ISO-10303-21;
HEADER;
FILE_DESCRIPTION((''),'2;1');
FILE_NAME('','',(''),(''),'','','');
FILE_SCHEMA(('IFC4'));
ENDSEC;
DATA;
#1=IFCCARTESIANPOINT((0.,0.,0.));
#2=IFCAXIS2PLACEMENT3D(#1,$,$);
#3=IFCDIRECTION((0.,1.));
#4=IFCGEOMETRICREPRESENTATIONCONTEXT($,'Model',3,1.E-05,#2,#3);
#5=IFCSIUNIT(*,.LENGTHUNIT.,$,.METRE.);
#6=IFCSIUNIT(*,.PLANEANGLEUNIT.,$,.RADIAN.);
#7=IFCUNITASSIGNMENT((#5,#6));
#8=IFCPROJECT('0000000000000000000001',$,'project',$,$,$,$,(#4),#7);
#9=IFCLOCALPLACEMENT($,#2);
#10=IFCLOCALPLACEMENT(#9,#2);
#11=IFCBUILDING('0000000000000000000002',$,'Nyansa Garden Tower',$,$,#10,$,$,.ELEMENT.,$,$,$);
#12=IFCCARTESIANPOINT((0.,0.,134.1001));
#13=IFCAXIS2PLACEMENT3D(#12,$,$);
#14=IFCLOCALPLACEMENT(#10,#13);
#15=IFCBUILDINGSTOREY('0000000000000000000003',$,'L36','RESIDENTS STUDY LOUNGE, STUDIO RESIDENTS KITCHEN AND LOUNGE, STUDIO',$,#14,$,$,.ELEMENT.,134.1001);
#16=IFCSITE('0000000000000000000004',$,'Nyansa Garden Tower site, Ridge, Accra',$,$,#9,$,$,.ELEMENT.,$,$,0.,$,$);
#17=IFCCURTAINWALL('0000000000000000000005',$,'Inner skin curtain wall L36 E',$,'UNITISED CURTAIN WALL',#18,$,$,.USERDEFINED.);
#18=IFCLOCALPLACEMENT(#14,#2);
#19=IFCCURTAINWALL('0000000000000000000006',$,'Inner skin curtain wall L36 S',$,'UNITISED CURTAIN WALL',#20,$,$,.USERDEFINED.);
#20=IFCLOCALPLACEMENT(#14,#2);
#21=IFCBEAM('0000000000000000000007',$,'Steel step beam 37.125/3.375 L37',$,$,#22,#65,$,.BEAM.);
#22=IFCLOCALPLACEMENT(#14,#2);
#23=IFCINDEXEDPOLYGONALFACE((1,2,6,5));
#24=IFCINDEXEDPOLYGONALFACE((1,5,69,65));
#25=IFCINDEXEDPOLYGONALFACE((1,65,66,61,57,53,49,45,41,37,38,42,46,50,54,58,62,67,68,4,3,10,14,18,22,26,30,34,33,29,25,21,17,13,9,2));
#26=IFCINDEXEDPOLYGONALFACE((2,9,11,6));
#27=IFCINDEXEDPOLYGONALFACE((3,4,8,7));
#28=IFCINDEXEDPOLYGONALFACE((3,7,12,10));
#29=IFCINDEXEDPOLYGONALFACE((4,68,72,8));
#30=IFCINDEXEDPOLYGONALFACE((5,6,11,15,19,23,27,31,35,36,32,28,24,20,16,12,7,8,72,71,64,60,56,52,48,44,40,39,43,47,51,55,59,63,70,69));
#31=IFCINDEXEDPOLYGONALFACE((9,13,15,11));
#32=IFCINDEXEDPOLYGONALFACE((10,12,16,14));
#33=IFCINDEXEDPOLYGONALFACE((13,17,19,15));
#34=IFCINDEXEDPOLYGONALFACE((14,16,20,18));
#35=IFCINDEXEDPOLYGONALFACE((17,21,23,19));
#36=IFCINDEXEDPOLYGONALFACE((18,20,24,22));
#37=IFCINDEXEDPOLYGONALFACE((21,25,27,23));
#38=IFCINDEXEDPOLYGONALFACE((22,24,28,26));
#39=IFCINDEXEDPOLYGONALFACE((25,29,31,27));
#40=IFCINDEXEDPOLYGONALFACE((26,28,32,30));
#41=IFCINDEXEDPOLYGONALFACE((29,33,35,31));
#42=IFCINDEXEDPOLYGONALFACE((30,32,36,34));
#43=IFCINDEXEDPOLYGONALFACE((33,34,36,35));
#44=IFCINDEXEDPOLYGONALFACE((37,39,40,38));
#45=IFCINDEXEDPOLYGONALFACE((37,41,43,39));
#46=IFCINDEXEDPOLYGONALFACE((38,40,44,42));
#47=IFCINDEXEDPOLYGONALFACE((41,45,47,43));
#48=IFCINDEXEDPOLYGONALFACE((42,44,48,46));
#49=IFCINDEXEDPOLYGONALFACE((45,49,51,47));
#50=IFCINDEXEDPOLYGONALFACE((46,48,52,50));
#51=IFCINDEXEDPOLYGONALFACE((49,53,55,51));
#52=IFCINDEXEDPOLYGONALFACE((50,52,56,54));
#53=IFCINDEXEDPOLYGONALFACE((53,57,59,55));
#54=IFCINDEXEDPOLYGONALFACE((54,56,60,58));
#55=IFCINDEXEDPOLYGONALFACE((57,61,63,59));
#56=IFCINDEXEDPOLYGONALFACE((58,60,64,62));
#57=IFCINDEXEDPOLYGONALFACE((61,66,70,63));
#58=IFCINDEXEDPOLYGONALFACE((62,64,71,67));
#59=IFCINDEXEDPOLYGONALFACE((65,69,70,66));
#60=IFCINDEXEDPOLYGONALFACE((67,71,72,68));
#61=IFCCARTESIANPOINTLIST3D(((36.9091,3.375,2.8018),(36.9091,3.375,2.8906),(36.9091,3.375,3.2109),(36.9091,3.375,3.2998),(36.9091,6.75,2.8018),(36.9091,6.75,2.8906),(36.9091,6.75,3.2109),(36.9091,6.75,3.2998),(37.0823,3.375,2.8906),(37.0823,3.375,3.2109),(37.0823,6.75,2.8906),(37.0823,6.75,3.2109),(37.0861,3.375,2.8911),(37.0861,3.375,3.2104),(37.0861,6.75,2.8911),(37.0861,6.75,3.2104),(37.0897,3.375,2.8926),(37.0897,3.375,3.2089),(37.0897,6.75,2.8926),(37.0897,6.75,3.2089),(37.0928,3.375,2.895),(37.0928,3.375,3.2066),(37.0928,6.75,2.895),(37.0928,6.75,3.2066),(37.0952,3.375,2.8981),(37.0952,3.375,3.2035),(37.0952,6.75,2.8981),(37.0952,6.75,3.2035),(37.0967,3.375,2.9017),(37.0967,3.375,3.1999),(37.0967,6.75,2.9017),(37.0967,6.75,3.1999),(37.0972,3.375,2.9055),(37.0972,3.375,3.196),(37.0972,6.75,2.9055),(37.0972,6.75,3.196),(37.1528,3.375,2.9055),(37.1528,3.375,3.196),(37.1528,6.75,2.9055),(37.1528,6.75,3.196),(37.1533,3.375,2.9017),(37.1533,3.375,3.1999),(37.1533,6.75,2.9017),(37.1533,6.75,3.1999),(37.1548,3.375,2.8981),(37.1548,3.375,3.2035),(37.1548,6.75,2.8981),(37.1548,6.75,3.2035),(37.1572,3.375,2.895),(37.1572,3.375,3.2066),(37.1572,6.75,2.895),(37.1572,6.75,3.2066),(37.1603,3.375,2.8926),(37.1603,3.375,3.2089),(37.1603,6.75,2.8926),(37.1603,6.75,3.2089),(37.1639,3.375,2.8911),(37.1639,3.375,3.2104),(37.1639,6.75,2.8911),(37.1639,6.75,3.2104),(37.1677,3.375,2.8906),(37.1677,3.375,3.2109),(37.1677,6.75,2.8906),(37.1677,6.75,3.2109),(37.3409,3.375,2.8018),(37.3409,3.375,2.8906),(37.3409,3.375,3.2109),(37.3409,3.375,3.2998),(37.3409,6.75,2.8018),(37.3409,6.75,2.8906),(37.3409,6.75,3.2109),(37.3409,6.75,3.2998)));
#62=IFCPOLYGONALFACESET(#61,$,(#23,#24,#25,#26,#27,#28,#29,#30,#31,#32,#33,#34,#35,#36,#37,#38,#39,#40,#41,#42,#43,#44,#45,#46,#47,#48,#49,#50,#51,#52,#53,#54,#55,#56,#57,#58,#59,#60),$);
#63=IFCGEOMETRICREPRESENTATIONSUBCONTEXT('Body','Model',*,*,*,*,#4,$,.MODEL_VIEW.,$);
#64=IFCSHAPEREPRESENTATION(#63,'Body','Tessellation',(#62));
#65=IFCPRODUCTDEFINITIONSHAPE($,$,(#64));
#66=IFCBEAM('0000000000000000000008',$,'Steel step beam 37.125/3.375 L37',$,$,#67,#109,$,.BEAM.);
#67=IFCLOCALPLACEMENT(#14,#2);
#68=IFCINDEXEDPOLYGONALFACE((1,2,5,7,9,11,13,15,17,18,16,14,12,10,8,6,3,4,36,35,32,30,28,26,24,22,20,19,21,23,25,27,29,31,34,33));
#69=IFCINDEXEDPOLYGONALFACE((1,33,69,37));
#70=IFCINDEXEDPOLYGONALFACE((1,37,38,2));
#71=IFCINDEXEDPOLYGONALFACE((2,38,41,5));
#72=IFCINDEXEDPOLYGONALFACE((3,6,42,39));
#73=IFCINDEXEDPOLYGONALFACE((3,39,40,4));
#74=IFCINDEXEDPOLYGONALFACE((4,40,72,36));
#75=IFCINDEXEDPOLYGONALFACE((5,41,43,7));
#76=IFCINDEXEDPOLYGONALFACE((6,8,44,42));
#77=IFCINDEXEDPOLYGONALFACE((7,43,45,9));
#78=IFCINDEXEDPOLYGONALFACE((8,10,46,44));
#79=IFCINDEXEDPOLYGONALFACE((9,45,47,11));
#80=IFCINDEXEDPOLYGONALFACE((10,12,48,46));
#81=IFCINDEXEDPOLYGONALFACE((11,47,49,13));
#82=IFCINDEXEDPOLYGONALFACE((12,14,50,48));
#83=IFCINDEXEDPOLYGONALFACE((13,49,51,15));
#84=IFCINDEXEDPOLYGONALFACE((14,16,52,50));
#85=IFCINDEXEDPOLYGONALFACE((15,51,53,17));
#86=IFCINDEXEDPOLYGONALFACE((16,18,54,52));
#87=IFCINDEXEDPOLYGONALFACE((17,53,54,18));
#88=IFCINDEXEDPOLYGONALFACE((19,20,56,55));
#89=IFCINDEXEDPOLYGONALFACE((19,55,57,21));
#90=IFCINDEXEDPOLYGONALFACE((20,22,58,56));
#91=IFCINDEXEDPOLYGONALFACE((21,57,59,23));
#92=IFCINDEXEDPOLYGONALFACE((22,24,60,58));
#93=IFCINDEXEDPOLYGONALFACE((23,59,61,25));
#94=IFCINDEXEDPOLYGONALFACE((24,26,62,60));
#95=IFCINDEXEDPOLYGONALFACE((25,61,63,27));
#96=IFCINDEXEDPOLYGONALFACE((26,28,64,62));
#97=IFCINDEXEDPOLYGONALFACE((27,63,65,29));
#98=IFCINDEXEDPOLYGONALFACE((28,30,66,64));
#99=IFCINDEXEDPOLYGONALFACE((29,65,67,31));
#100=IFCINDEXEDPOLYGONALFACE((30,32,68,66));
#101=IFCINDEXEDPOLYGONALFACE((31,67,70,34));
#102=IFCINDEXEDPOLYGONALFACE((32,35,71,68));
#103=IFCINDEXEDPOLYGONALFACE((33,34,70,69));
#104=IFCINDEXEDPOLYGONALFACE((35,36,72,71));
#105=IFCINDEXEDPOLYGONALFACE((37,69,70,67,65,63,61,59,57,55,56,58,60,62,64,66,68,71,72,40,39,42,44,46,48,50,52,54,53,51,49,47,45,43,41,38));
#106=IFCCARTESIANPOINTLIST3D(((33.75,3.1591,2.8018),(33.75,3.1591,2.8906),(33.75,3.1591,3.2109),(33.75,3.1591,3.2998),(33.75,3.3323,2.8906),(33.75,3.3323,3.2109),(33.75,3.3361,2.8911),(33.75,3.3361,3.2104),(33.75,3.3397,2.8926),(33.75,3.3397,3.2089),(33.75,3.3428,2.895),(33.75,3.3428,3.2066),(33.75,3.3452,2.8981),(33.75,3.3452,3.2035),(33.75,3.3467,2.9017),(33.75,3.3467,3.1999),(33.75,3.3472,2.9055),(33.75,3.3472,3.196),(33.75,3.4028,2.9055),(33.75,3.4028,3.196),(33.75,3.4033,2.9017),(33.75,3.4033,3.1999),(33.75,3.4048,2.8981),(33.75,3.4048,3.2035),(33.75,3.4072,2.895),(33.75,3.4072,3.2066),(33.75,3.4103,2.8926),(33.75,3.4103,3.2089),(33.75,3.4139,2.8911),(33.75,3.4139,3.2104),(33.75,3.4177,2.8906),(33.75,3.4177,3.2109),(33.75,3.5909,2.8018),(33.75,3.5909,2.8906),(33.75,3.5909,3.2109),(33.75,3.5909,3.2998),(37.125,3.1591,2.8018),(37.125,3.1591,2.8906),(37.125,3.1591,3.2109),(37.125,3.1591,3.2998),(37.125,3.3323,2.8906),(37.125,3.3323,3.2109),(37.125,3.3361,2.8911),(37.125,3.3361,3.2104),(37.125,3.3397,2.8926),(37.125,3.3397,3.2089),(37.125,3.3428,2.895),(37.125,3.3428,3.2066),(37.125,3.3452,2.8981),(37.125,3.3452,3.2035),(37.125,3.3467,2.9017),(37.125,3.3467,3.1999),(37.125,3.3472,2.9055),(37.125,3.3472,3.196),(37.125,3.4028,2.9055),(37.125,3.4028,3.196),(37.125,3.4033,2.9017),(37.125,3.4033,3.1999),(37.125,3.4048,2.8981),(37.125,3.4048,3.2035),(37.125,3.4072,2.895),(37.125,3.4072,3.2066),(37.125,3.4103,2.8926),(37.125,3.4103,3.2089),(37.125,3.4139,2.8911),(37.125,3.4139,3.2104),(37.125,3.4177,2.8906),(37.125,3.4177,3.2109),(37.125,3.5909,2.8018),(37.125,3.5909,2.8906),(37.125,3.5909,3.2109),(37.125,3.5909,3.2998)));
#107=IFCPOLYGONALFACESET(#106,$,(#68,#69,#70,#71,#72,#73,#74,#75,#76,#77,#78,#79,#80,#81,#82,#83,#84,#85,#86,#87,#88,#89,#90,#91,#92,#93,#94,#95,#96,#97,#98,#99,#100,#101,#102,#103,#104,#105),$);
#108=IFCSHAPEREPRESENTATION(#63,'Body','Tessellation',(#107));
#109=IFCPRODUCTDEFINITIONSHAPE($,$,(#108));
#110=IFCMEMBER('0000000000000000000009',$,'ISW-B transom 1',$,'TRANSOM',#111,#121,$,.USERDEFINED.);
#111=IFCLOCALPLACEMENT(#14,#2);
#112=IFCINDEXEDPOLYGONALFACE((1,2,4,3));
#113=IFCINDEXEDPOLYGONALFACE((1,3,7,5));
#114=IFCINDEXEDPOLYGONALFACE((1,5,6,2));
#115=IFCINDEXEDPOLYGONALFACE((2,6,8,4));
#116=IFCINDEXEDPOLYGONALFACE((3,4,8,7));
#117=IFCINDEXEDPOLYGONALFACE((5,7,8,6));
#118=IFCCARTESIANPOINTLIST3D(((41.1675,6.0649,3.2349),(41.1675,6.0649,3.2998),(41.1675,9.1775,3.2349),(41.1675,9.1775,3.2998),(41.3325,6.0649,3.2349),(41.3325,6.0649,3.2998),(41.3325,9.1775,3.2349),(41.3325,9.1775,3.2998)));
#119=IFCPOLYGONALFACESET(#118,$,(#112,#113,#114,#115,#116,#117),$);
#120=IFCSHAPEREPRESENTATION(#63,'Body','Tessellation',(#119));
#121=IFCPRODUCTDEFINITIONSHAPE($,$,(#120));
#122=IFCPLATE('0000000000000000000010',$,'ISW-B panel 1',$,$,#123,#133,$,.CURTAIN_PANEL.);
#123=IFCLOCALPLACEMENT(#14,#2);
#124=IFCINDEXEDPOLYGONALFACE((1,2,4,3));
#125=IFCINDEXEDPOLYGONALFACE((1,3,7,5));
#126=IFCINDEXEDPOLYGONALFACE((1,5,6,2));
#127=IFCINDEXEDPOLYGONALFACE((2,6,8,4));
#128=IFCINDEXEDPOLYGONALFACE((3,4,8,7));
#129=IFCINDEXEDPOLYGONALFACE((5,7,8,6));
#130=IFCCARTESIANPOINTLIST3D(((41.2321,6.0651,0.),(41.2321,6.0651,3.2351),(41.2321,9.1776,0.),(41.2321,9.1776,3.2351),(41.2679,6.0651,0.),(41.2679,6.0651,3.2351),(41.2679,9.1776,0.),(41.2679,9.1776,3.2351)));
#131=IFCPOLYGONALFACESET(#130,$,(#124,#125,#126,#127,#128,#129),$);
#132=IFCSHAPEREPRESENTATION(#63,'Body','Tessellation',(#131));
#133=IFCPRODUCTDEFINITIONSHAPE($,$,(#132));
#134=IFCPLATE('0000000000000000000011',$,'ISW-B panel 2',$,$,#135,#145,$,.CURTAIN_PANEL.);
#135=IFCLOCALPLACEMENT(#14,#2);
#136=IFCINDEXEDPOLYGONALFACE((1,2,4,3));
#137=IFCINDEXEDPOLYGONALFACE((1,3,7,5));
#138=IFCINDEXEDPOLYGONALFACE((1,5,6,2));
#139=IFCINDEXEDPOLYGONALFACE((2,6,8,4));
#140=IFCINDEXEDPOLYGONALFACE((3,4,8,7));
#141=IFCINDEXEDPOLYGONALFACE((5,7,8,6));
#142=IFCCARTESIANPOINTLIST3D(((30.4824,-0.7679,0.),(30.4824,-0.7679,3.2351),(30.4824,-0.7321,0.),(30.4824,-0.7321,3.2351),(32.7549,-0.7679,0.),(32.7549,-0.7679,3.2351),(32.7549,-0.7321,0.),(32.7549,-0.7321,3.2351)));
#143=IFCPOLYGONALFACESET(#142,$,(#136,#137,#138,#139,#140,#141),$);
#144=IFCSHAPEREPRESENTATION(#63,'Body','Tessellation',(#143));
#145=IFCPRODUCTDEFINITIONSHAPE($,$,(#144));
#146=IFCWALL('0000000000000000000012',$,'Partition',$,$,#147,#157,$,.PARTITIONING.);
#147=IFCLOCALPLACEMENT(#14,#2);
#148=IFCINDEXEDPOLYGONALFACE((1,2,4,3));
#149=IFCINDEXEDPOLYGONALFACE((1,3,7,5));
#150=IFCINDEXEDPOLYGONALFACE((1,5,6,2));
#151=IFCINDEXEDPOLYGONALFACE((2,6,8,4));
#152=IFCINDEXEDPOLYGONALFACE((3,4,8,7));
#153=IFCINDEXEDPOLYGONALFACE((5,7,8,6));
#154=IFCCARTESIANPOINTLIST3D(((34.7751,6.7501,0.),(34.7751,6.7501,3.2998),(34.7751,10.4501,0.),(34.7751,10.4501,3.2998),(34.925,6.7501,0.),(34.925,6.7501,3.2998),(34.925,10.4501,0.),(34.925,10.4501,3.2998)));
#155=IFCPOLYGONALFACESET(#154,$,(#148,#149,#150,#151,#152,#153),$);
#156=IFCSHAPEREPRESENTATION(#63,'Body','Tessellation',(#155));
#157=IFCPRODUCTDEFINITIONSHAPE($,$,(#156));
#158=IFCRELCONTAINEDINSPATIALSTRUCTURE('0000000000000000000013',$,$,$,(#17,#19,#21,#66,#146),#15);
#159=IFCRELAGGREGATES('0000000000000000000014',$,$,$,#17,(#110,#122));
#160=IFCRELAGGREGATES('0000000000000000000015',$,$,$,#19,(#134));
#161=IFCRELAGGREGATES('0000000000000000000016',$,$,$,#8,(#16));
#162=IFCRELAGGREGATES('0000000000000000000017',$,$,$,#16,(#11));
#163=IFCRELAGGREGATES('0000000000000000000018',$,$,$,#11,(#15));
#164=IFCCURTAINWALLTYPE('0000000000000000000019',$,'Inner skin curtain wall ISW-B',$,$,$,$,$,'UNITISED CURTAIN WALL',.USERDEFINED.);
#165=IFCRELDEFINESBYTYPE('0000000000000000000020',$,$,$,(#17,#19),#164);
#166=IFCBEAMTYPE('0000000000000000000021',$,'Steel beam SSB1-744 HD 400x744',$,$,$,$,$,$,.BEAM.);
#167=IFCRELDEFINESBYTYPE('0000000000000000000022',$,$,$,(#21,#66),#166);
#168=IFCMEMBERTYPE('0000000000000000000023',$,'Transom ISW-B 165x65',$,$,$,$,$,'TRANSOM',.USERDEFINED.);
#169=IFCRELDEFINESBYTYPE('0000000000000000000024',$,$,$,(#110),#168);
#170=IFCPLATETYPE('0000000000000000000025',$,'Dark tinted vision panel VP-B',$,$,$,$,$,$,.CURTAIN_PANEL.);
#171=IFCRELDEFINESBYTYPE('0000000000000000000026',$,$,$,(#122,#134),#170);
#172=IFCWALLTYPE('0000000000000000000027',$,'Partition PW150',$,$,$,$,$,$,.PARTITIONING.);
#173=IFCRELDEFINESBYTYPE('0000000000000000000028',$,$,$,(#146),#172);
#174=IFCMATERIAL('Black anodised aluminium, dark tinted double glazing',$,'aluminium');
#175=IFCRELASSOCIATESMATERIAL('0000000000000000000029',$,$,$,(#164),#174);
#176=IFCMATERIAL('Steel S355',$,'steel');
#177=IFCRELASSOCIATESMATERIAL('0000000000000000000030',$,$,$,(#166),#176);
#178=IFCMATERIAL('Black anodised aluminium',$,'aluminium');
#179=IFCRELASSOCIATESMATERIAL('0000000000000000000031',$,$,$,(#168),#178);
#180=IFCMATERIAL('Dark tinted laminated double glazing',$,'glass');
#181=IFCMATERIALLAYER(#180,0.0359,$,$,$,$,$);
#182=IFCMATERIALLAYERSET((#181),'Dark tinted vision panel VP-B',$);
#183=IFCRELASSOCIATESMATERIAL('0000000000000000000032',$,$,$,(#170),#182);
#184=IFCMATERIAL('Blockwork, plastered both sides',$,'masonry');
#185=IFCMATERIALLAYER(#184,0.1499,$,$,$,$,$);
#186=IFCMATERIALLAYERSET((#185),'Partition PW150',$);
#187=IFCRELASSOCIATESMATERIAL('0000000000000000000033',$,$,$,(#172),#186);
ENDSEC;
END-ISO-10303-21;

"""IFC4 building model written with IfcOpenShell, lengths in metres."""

from ifc_helpers import new_model, si_unit, direction, frame, frame_2d, origin, origin_2d, place, context, subcontext, project, spatial, rectangle, i_section, extrude, material, layer, layer_set, material_profile, profile_set, type_object, element, aggregate, save


model = new_model("IFC4")

# Units and contexts
model_context = context("Model", 3, precision=1e-05, world=origin(), true_north=direction((0.0, 1.0)))
body_context = subcontext(model_context, "Body", "Model", "MODEL_VIEW")
ifc_project = project(units=[si_unit("LENGTHUNIT", "METRE"), si_unit("PLANEANGLEUNIT", "RADIAN")], contexts=[model_context])

# Site, building, storey
site_placement = place(None, origin())
site = spatial("IfcSite", under=ifc_project, at=site_placement, Name="Nyansa Garden Tower site, Ridge, Accra", CompositionType="ELEMENT", RefElevation=0.0)
building_placement = place(site_placement, origin())
building = spatial("IfcBuilding", under=site, at=building_placement, Name="Nyansa Garden Tower", CompositionType="ELEMENT")
storey_placement = place(building_placement, frame((0.0, 0.0, 134.1001)))
storey = spatial("IfcBuildingStorey", under=building, at=storey_placement, Name="L36", Description="RESIDENTS STUDY LOUNGE, STUDIO RESIDENTS KITCHEN AND LOUNGE, STUDIO", CompositionType="ELEMENT", Elevation=134.1001)

# Curtain walls
ifc_material_1 = material(Name="Black anodised aluminium, dark tinted double glazing", Category="aluminium")
curtain_wall_type = type_object("IfcCurtainWallType", Name="Inner skin curtain wall ISW-B", ElementType="UNITISED CURTAIN WALL", PredefinedType="USERDEFINED", material=ifc_material_1)
curtain_wall_1_placement = place(storey_placement, origin())
curtain_wall_1 = element("IfcCurtainWall", 1, at=curtain_wall_1_placement, inside=storey, type_object=curtain_wall_type, Name="Inner skin curtain wall L36 E", ObjectType="UNITISED CURTAIN WALL", PredefinedType="USERDEFINED")
curtain_wall_2_placement = place(storey_placement, origin())
curtain_wall_2 = element("IfcCurtainWall", 2, at=curtain_wall_2_placement, inside=storey, type_object=curtain_wall_type, Name="Inner skin curtain wall L36 S", ObjectType="UNITISED CURTAIN WALL", PredefinedType="USERDEFINED")

# Beams
ifc_material_2 = material(Name="Steel S355", Category="steel")
ifc_material_profile_1 = material_profile(ifc_material_2, i_section(OverallWidth=0.4319, OverallDepth=0.498, WebThickness=0.0557, FlangeThickness=0.0889, FilletRadius=0.0149, at=origin_2d()), Name="HD 400x744")
ifc_profile_set_1 = profile_set([ifc_material_profile_1], Name="Steel S355")
beam_type_1 = type_object("IfcBeamType", Name="Steel beam SSB1-744 HD 400x744", PredefinedType="BEAM", material=ifc_profile_set_1)
for number, where, z_axis, x_axis, name in (
    (3, (37.125, 3.375, 3.0508), (0.0, 1.0, 0.0), (-1.0, 0.0, 0.0), "Steel step beam 37.125/3.375 L37"),
    (4, (37.125, 3.375, 3.0508), (-1.0, 0.0, 0.0), (0.0, -1.0, 0.0), "Steel step beam 37.125/3.375 L37"),
):
    element("IfcBeam", number, at=place(storey_placement, frame(where, z_axis=z_axis, x_axis=x_axis)), inside=storey, type_object=beam_type_1, Name=name, PredefinedType="BEAM", context=body_context, shape_type="SweptSolid", body=[
        extrude(i_section(OverallWidth=0.4319, OverallDepth=0.498, WebThickness=0.0557, FlangeThickness=0.0889, FilletRadius=0.0149, at=origin_2d()), origin(), (0.0, 0.0, 1.0), 3.375),
    ])

# Member
ifc_material_3 = material(Name="Black anodised aluminium", Category="aluminium")
ifc_material_profile_2 = material_profile(ifc_material_3, rectangle(XDim=0.165, YDim=0.0649, at=origin_2d()), Name="Transom 165x65")
ifc_profile_set_2 = profile_set([ifc_material_profile_2], Name="Black anodised aluminium")
member_type_1 = type_object("IfcMemberType", Name="Transom ISW-B 165x65", ElementType="TRANSOM", PredefinedType="USERDEFINED", material=ifc_profile_set_2)
member_1_placement = place(storey_placement, frame((41.25, 6.0649, 3.2673), z_axis=(0.0, 1.0, 0.0), x_axis=(-1.0, 0.0, 0.0)))
member_1 = element("IfcMember", 5, at=member_1_placement, type_object=member_type_1, Name="ISW-B transom 1", ObjectType="TRANSOM", PredefinedType="USERDEFINED", context=body_context, shape_type="SweptSolid", body=[
    extrude(rectangle(XDim=0.165, YDim=0.0649, at=origin_2d()), origin(), (0.0, 0.0, 1.0), 3.1125),
])

# Plates
ifc_material_4 = material(Name="Dark tinted laminated double glazing", Category="glass")
ifc_layer_1 = layer(ifc_material_4, 0.0359)
ifc_layer_set_1 = layer_set([ifc_layer_1], Name="Dark tinted vision panel VP-B")
plate_type = type_object("IfcPlateType", Name="Dark tinted vision panel VP-B", PredefinedType="CURTAIN_PANEL", material=ifc_layer_set_1)
plate_1_placement = place(storey_placement, frame((41.25, 7.6213, 0.0), z_axis=(0.0, 0.0, 1.0), x_axis=(0.0, 1.0, 0.0)))
plate_1 = element("IfcPlate", 6, at=plate_1_placement, type_object=plate_type, Name="ISW-B panel 1", PredefinedType="CURTAIN_PANEL", context=body_context, shape_type="SweptSolid", body=[
    extrude(rectangle(XDim=3.1125, YDim=0.0359, at=origin_2d()), origin(), (0.0, 0.0, 1.0), 3.2351),
])
aggregate(curtain_wall_1, [member_1, plate_1])
plate_2_placement = place(storey_placement, frame((31.6187, -0.75, 0.0), z_axis=(0.0, 0.0, 1.0), x_axis=(1.0, 0.0, 0.0)))
plate_2 = element("IfcPlate", 7, at=plate_2_placement, type_object=plate_type, Name="ISW-B panel 2", PredefinedType="CURTAIN_PANEL", context=body_context, shape_type="SweptSolid", body=[
    extrude(rectangle(XDim=2.2725, YDim=0.0359, at=origin_2d()), origin(), (0.0, 0.0, 1.0), 3.2351),
])
aggregate(curtain_wall_2, [plate_2])

# Wall
ifc_material_5 = material(Name="Blockwork, plastered both sides", Category="masonry")
ifc_layer_2 = layer(ifc_material_5, 0.1499)
ifc_layer_set_2 = layer_set([ifc_layer_2], Name="Partition PW150")
wall_type_1 = type_object("IfcWallType", Name="Partition PW150", PredefinedType="PARTITIONING", material=ifc_layer_set_2)
wall_1_placement = place(storey_placement, frame((34.8501, 6.75, 0.0), z_axis=(0.0, 0.0, 1.0), x_axis=(0.0, 1.0, 0.0)))
element("IfcWall", 8, at=wall_1_placement, inside=storey, type_object=wall_type_1, Name="Partition", PredefinedType="PARTITIONING", context=body_context, shape_type="SweptSolid", body=[
    extrude(rectangle(XDim=3.7, YDim=0.1499, at=frame_2d((1.8501, 0.0))), origin(), (0.0, 0.0, 1.0), 3.2998),
])

save(model, "model.ifc")
